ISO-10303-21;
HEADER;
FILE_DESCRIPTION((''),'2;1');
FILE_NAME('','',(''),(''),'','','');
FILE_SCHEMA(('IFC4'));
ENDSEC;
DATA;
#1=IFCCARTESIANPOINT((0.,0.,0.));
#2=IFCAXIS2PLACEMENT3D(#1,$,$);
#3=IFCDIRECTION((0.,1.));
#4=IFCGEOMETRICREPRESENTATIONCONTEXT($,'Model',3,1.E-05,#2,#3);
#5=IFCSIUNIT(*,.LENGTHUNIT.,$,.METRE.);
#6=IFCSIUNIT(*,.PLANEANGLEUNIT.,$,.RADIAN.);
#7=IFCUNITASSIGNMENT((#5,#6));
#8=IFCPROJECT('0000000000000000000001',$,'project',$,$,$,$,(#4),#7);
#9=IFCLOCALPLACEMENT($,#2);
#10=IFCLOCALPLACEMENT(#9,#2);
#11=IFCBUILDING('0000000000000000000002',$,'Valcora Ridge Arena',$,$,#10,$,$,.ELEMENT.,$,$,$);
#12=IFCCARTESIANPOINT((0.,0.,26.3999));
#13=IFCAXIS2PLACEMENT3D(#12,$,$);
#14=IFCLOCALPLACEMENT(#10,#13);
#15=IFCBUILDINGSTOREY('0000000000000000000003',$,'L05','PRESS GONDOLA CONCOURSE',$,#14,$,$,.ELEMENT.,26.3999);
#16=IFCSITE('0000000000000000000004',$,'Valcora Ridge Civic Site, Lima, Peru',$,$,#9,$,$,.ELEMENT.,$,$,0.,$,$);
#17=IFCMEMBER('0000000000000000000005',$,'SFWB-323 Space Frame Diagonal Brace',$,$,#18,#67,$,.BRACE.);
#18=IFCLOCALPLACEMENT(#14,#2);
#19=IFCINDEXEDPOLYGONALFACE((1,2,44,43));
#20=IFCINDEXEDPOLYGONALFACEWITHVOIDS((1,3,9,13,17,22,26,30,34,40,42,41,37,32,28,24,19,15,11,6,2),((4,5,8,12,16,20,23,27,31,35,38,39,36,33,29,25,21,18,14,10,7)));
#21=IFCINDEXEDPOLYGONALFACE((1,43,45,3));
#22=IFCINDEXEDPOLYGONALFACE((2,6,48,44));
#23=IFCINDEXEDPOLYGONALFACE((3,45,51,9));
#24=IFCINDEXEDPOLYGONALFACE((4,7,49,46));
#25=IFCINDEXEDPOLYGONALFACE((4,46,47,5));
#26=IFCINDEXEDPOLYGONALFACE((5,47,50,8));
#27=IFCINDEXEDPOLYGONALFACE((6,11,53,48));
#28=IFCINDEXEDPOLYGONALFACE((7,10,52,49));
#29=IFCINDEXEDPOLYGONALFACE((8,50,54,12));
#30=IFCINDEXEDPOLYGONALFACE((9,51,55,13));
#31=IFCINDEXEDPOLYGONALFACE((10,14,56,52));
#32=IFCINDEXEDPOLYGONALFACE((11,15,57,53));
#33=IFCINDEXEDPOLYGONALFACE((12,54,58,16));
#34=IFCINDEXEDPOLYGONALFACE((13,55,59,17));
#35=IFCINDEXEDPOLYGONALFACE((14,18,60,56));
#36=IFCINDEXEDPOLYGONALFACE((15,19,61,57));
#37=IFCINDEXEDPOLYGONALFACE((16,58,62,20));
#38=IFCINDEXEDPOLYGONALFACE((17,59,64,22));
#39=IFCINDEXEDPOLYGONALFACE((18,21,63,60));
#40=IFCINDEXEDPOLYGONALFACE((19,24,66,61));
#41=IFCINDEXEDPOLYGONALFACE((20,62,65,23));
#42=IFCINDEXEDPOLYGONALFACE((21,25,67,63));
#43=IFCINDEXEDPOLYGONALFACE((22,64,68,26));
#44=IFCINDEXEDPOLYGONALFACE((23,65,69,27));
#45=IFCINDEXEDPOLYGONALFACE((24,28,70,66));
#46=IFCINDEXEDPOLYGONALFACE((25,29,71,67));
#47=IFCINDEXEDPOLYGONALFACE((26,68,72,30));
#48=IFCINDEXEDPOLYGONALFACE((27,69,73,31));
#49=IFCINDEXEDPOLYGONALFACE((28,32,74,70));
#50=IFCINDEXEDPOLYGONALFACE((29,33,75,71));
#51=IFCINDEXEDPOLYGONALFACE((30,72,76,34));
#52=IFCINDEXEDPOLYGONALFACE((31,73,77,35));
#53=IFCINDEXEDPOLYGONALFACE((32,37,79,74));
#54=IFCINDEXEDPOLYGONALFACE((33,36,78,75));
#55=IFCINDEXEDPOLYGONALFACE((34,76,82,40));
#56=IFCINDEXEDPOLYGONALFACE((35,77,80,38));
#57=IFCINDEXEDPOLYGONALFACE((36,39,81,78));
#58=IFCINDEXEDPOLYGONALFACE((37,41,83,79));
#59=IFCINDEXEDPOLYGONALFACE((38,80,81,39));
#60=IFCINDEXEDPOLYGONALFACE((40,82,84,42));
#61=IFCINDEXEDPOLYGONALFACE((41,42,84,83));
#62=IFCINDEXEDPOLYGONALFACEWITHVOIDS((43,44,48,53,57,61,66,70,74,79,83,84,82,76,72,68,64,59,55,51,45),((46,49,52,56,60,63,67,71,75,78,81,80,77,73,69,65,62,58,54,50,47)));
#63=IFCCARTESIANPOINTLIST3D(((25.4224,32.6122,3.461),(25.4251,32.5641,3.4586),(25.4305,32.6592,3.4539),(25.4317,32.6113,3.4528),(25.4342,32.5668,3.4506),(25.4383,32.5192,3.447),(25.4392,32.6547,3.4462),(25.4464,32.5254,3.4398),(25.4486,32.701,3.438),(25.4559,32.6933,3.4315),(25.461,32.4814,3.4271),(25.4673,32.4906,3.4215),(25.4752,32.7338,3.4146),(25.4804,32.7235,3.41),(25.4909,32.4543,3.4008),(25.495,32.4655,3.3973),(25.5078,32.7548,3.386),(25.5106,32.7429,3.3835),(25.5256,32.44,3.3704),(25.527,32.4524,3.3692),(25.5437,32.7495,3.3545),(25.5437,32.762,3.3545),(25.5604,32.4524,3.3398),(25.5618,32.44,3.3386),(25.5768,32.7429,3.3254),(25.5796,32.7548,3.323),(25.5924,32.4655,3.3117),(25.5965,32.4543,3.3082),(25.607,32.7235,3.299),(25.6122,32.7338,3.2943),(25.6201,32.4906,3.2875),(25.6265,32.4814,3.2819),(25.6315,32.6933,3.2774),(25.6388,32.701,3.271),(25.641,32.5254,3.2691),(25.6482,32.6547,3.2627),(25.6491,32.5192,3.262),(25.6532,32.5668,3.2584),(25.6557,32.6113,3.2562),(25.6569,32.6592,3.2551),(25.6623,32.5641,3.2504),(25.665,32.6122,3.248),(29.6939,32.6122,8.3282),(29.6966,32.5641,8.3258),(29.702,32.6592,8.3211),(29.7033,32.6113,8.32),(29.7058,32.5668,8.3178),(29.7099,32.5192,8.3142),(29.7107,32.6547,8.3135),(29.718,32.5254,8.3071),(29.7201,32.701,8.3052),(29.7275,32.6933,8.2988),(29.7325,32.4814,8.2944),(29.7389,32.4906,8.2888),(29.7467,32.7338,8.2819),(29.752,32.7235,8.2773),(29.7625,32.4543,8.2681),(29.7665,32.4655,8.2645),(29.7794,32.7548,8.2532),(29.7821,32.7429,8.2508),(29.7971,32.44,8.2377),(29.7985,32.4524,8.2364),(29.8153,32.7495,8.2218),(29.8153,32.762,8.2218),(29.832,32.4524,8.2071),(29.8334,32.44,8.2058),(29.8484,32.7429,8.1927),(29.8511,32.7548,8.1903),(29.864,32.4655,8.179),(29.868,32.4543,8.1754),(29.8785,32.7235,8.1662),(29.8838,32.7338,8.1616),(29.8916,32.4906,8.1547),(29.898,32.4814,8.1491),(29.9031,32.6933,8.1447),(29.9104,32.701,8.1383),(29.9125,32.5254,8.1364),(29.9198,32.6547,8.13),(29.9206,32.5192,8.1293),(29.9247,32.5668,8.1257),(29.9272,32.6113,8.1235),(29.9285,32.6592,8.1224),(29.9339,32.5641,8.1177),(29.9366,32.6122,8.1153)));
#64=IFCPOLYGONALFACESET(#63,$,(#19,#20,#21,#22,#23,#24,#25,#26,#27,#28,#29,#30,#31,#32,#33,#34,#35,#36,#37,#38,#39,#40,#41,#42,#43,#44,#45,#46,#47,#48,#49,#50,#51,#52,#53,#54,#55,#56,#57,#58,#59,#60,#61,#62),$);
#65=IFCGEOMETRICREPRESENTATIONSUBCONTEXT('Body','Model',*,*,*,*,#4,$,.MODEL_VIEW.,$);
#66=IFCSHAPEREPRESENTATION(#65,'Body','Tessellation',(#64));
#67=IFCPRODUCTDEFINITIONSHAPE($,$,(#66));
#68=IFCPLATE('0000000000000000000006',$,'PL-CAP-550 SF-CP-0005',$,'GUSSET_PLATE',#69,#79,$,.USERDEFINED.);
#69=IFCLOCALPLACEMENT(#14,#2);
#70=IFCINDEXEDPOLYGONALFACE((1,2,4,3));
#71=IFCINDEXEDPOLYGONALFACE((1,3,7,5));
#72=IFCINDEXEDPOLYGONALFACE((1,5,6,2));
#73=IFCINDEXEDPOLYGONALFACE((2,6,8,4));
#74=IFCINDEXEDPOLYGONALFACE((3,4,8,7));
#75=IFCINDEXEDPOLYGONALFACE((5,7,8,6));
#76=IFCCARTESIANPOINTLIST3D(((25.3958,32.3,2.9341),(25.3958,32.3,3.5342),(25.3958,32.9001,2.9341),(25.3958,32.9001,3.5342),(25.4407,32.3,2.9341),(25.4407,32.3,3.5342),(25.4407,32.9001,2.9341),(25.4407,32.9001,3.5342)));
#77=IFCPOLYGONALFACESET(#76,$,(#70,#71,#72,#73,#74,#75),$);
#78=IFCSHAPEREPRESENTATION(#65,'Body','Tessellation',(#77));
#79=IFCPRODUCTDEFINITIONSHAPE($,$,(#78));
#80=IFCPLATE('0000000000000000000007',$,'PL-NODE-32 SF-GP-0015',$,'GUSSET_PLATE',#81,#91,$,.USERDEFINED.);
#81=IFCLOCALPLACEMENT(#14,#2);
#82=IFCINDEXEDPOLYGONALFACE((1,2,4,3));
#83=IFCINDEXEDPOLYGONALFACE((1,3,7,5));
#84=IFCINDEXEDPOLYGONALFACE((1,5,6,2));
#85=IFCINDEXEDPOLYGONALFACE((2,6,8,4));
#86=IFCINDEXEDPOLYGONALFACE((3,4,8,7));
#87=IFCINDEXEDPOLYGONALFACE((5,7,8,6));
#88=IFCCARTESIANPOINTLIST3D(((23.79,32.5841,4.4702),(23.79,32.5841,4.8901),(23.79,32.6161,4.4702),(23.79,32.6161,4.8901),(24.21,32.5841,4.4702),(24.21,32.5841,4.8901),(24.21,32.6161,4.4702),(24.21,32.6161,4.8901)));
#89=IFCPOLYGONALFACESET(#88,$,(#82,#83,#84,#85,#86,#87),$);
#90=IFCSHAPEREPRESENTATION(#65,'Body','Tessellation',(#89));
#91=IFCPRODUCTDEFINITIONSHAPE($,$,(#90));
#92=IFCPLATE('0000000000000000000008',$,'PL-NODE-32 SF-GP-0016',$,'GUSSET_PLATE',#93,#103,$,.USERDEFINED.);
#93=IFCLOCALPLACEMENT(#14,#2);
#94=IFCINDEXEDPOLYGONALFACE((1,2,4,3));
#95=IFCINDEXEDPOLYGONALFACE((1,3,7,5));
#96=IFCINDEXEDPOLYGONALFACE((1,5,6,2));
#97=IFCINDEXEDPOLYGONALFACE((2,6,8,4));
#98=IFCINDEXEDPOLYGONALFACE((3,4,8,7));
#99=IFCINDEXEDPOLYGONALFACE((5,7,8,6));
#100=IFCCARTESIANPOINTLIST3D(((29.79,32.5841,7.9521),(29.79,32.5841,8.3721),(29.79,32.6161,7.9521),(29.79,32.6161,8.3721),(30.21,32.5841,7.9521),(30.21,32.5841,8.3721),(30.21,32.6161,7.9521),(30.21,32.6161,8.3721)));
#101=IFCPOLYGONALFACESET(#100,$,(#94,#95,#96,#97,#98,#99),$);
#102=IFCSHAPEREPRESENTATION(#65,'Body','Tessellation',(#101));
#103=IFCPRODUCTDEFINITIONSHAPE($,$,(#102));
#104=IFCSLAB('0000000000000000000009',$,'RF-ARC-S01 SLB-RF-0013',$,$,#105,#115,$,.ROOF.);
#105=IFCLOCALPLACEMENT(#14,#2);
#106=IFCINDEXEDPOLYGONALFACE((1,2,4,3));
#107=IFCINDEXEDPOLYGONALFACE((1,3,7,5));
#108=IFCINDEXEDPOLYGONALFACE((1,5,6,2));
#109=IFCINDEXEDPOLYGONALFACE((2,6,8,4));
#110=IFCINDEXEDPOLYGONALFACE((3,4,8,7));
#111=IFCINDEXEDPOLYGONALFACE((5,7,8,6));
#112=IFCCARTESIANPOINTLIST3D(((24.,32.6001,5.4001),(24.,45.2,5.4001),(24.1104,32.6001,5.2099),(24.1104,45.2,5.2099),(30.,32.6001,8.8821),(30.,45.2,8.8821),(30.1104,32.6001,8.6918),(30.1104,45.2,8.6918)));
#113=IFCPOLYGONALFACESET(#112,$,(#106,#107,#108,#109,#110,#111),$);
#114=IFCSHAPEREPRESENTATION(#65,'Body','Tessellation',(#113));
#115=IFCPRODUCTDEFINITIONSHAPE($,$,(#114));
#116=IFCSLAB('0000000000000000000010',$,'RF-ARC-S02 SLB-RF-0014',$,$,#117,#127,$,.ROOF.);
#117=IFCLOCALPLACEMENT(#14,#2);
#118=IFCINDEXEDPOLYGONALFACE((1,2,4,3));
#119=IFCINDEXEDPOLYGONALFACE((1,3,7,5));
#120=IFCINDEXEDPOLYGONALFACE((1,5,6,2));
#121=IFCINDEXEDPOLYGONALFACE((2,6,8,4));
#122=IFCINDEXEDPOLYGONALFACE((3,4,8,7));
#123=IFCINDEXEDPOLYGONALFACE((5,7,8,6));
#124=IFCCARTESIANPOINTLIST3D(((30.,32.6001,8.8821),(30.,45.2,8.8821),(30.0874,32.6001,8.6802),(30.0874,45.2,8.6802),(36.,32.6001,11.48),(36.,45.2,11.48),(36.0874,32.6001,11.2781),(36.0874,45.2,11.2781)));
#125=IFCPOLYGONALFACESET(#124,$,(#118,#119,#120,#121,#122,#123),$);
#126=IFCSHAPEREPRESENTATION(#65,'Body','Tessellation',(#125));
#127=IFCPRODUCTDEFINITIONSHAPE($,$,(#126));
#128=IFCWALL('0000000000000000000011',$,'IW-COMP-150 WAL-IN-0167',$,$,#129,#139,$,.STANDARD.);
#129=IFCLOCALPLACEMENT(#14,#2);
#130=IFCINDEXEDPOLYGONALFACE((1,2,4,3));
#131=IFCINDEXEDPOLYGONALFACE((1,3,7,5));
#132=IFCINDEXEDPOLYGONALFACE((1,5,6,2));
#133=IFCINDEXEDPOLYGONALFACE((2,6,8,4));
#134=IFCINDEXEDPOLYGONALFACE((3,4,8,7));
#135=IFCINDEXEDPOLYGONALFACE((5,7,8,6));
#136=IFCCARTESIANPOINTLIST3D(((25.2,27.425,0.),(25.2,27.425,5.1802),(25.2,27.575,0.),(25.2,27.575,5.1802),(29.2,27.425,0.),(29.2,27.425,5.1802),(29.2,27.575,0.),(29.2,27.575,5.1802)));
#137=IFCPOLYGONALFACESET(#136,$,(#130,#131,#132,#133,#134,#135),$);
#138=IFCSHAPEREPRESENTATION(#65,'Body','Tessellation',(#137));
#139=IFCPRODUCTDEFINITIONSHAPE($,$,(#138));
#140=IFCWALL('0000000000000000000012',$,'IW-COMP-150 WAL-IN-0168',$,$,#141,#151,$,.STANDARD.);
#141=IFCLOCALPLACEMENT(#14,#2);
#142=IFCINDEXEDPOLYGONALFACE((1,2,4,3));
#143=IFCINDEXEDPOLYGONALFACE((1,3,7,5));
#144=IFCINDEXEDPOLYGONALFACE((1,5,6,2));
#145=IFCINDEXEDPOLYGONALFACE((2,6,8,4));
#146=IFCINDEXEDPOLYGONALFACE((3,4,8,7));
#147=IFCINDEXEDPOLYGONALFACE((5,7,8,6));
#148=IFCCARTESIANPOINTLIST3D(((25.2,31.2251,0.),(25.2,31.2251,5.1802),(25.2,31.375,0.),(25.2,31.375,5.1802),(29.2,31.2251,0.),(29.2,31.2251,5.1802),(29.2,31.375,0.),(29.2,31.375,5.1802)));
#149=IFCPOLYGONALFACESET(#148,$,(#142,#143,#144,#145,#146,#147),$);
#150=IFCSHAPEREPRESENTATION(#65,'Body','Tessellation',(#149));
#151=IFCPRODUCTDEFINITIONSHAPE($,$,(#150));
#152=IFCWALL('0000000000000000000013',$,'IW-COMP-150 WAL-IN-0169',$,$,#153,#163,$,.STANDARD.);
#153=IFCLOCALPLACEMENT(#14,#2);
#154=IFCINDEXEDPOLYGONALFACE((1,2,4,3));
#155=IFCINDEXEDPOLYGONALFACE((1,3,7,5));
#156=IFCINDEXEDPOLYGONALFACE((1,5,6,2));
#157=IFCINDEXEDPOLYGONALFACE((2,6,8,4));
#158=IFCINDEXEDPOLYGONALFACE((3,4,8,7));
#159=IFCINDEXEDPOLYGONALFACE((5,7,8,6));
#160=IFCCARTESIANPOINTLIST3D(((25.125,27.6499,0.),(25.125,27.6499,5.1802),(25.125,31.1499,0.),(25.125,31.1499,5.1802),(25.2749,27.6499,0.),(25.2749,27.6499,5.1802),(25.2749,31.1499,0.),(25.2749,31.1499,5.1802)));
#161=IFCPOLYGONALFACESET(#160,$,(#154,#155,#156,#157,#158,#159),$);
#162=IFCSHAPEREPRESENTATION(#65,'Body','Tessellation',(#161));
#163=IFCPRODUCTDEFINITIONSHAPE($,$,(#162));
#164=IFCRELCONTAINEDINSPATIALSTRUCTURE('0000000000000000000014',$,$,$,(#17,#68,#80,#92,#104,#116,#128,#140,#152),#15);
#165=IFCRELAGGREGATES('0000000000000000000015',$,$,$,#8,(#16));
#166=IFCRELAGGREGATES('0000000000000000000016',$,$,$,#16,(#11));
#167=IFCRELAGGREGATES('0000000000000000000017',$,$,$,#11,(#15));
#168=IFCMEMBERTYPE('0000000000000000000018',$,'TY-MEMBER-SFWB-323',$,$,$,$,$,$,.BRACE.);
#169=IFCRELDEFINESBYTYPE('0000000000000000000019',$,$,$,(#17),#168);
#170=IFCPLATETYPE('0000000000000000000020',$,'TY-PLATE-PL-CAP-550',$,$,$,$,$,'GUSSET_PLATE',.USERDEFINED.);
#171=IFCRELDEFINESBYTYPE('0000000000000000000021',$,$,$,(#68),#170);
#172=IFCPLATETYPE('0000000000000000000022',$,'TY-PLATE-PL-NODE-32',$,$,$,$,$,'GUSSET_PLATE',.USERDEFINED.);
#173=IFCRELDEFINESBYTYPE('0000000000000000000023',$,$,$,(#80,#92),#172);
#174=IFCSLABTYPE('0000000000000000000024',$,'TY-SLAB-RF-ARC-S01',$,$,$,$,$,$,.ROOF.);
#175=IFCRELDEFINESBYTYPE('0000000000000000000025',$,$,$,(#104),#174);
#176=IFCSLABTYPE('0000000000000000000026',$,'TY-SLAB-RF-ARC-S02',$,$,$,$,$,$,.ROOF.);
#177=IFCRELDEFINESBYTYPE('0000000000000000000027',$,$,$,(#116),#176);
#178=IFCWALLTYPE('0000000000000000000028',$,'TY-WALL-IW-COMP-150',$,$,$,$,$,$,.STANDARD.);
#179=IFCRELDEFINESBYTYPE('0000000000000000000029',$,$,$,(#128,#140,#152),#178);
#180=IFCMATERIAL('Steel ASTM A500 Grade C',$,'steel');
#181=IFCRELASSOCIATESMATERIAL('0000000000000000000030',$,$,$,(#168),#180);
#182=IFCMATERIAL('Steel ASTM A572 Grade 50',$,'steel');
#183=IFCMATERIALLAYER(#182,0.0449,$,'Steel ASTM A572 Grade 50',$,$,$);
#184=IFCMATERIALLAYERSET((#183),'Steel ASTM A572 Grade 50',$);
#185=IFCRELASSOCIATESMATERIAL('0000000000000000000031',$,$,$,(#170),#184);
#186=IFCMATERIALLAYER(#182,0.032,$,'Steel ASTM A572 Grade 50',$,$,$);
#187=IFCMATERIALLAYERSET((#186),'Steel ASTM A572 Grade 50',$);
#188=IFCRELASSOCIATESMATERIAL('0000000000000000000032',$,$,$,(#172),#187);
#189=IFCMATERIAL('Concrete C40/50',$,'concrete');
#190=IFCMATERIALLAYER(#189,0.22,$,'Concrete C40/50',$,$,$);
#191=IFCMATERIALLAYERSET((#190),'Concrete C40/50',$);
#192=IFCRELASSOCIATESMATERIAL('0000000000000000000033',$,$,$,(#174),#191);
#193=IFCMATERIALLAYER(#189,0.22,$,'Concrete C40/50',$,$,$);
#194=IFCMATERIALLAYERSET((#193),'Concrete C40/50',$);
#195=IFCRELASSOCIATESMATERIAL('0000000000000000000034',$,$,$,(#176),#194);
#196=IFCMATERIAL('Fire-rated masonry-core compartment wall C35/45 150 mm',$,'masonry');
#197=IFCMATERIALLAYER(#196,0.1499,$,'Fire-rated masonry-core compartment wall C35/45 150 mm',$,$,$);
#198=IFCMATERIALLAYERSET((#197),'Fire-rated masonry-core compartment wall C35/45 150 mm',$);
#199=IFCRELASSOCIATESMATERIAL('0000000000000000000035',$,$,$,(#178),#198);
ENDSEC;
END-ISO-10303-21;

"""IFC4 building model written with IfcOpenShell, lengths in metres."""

from ifc_helpers import new_model, si_unit, direction, frame, frame_2d, origin, origin_2d, place, context, subcontext, project, spatial, polyline, rectangle, hollow_circle, outline, extrude, material, layer, layer_set, material_profile, profile_set, type_object, element, save


model = new_model("IFC4")

# Units and contexts
model_context = context("Model", 3, precision=1e-05, world=origin(), true_north=direction((0.0, 1.0)))
body_context = subcontext(model_context, "Body", "Model", "MODEL_VIEW")
ifc_project = project(units=[si_unit("LENGTHUNIT", "METRE"), si_unit("PLANEANGLEUNIT", "RADIAN")], contexts=[model_context])

# Site, building, storey
site_placement = place(None, origin())
site = spatial("IfcSite", under=ifc_project, at=site_placement, Name="Valcora Ridge Civic Site, Lima, Peru", CompositionType="ELEMENT", RefElevation=0.0)
building_placement = place(site_placement, origin())
building = spatial("IfcBuilding", under=site, at=building_placement, Name="Valcora Ridge Arena", CompositionType="ELEMENT")
storey_placement = place(building_placement, frame((0.0, 0.0, 26.3999)))
storey = spatial("IfcBuildingStorey", under=building, at=storey_placement, Name="L05", Description="PRESS GONDOLA CONCOURSE", CompositionType="ELEMENT", Elevation=26.3999)

# Member
ifc_material_1 = material(Name="Steel ASTM A572 Grade 50", Category="steel")
ifc_material_2 = material(Name="Steel ASTM A500 Grade C", Category="steel")
ifc_material_profile_1 = material_profile(ifc_material_2, hollow_circle(Radius=0.1619, WallThickness=0.0125, at=origin_2d()), Name="CHS323X12")
ifc_profile_set_1 = profile_set([ifc_material_profile_1], Name="Steel ASTM A500 Grade C")
member_type_1 = type_object("IfcMemberType", Name="TY-MEMBER-SFWB-323", PredefinedType="BRACE", material=ifc_profile_set_1)
member_1_placement = place(storey_placement, frame((25.5437, 32.6001, 3.3545), z_axis=(0.659614, 0.0, 0.751604), x_axis=(0.0, 1.0, 0.0)))
element("IfcMember", 1, at=member_1_placement, inside=storey, type_object=member_type_1, Name="SFWB-323 Space Frame Diagonal Brace", PredefinedType="BRACE", context=body_context, shape_type="SweptSolid", body=[
    extrude(hollow_circle(Radius=0.1619, WallThickness=0.0125, at=origin_2d()), origin(), (0.0, 0.0, 1.0), 6.4758),
])

# Plates
ifc_layer_1 = layer(ifc_material_1, 0.0449, Name="Steel ASTM A572 Grade 50")
ifc_layer_set_1 = layer_set([ifc_layer_1], Name="Steel ASTM A572 Grade 50")
plate_type_1 = type_object("IfcPlateType", Name="TY-PLATE-PL-CAP-550", ElementType="GUSSET_PLATE", PredefinedType="USERDEFINED", material=ifc_layer_set_1)
plate_placement = place(storey_placement, frame((25.4182, 32.6001, 2.9341), z_axis=(0.0, 0.0, 1.0), x_axis=(1.0, 0.0, 0.0)))
element("IfcPlate", 2, at=plate_placement, inside=storey, type_object=plate_type_1, Name="PL-CAP-550 SF-CP-0005", ObjectType="GUSSET_PLATE", PredefinedType="USERDEFINED", context=body_context, shape_type="SweptSolid", body=[
    extrude(rectangle(XDim=0.0449, YDim=0.6001, at=origin_2d()), origin(), (0.0, 0.0, 1.0), 0.6001),
])
ifc_layer_2 = layer(ifc_material_1, 0.032, Name="Steel ASTM A572 Grade 50")
ifc_layer_set_2 = layer_set([ifc_layer_2], Name="Steel ASTM A572 Grade 50")
plate_type_2 = type_object("IfcPlateType", Name="TY-PLATE-PL-NODE-32", ElementType="GUSSET_PLATE", PredefinedType="USERDEFINED", material=ifc_layer_set_2)
for number, where, z_axis, x_axis, name in (
    (3, (24.0, 32.6001, 4.4702), (0.0, 0.0, 1.0), (1.0, 0.0, 0.0), "PL-NODE-32 SF-GP-0015"),
    (4, (30.0, 32.6001, 7.9521), (0.0, 0.0, 1.0), (1.0, 0.0, 0.0), "PL-NODE-32 SF-GP-0016"),
):
    element("IfcPlate", number, at=place(storey_placement, frame(where, z_axis=z_axis, x_axis=x_axis)), inside=storey, type_object=plate_type_2, Name=name, ObjectType="GUSSET_PLATE", PredefinedType="USERDEFINED", context=body_context, shape_type="SweptSolid", body=[
        extrude(rectangle(XDim=0.4199, YDim=0.032, at=origin_2d()), origin(), (0.0, 0.0, 1.0), 0.4199),
    ])

# Slabs
ifc_material_3 = material(Name="Concrete C40/50", Category="concrete")
ifc_layer_3 = layer(ifc_material_3, 0.22, Name="Concrete C40/50")
ifc_layer_set_3 = layer_set([ifc_layer_3], Name="Concrete C40/50")
slab_type_1 = type_object("IfcSlabType", Name="TY-SLAB-RF-ARC-S01", PredefinedType="ROOF", material=ifc_layer_set_3)
slab_1_placement = place(storey_placement, frame((24.0, 32.6001, 5.4001), z_axis=(-0.501927, 0.0, 0.86491), x_axis=(0.86491, 0.0, 0.501927)))
element("IfcSlab", 5, at=slab_1_placement, inside=storey, type_object=slab_type_1, Name="RF-ARC-S01 SLB-RF-0013", PredefinedType="ROOF", context=body_context, shape_type="SweptSolid", body=[
    extrude(outline(polyline([(0.0, 0.0), (6.9371, 0.0), (6.9371, 12.5999), (0.0, 12.5999), (0.0, 0.0)])), origin(), (0.0, 0.0, -1.0), 0.22),
])
ifc_layer_4 = layer(ifc_material_3, 0.22, Name="Concrete C40/50")
ifc_layer_set_4 = layer_set([ifc_layer_4], Name="Concrete C40/50")
slab_type_2 = type_object("IfcSlabType", Name="TY-SLAB-RF-ARC-S02", PredefinedType="ROOF", material=ifc_layer_set_4)
slab_2_placement = place(storey_placement, frame((30.0, 32.6001, 8.8821), z_axis=(-0.397337, 0.0, 0.917673), x_axis=(0.917673, 0.0, 0.397337)))
element("IfcSlab", 6, at=slab_2_placement, inside=storey, type_object=slab_type_2, Name="RF-ARC-S02 SLB-RF-0014", PredefinedType="ROOF", context=body_context, shape_type="SweptSolid", body=[
    extrude(outline(polyline([(0.0, 0.0), (6.5383, 0.0), (6.5383, 12.5999), (0.0, 12.5999), (0.0, 0.0)])), origin(), (0.0, 0.0, -1.0), 0.22),
])

# Walls
ifc_material_4 = material(Name="Fire-rated masonry-core compartment wall C35/45 150 mm", Category="masonry")
ifc_layer_5 = layer(ifc_material_4, 0.1499, Name="Fire-rated masonry-core compartment wall C35/45 150 mm")
ifc_layer_set_5 = layer_set([ifc_layer_5], Name="Fire-rated masonry-core compartment wall C35/45 150 mm")
wall_type_1 = type_object("IfcWallType", Name="TY-WALL-IW-COMP-150", PredefinedType="STANDARD", material=ifc_layer_set_5)
for number, where, z_axis, x_axis, name in (
    (7, (25.2, 27.5, 0.0), (0.0, 0.0, 1.0), (1.0, 0.0, 0.0), "IW-COMP-150 WAL-IN-0167"),
    (8, (25.2, 31.3, 0.0), (0.0, 0.0, 1.0), (1.0, 0.0, 0.0), "IW-COMP-150 WAL-IN-0168"),
):
    element("IfcWall", number, at=place(storey_placement, frame(where, z_axis=z_axis, x_axis=x_axis)), inside=storey, type_object=wall_type_1, Name=name, PredefinedType="STANDARD", context=body_context, shape_type="SweptSolid", body=[
        extrude(rectangle(XDim=4.0, YDim=0.1499, at=frame_2d((2.0, 0.0))), origin(), (0.0, 0.0, 1.0), 5.1802),
    ])
wall_1_placement = place(storey_placement, frame((25.2, 27.6499, 0.0), z_axis=(0.0, 0.0, 1.0), x_axis=(0.0, 1.0, 0.0)))
element("IfcWall", 9, at=wall_1_placement, inside=storey, type_object=wall_type_1, Name="IW-COMP-150 WAL-IN-0169", PredefinedType="STANDARD", context=body_context, shape_type="SweptSolid", body=[
    extrude(rectangle(XDim=3.5, YDim=0.1499, at=frame_2d((1.75, 0.0))), origin(), (0.0, 0.0, 1.0), 5.1802),
])

save(model, "model.ifc")
